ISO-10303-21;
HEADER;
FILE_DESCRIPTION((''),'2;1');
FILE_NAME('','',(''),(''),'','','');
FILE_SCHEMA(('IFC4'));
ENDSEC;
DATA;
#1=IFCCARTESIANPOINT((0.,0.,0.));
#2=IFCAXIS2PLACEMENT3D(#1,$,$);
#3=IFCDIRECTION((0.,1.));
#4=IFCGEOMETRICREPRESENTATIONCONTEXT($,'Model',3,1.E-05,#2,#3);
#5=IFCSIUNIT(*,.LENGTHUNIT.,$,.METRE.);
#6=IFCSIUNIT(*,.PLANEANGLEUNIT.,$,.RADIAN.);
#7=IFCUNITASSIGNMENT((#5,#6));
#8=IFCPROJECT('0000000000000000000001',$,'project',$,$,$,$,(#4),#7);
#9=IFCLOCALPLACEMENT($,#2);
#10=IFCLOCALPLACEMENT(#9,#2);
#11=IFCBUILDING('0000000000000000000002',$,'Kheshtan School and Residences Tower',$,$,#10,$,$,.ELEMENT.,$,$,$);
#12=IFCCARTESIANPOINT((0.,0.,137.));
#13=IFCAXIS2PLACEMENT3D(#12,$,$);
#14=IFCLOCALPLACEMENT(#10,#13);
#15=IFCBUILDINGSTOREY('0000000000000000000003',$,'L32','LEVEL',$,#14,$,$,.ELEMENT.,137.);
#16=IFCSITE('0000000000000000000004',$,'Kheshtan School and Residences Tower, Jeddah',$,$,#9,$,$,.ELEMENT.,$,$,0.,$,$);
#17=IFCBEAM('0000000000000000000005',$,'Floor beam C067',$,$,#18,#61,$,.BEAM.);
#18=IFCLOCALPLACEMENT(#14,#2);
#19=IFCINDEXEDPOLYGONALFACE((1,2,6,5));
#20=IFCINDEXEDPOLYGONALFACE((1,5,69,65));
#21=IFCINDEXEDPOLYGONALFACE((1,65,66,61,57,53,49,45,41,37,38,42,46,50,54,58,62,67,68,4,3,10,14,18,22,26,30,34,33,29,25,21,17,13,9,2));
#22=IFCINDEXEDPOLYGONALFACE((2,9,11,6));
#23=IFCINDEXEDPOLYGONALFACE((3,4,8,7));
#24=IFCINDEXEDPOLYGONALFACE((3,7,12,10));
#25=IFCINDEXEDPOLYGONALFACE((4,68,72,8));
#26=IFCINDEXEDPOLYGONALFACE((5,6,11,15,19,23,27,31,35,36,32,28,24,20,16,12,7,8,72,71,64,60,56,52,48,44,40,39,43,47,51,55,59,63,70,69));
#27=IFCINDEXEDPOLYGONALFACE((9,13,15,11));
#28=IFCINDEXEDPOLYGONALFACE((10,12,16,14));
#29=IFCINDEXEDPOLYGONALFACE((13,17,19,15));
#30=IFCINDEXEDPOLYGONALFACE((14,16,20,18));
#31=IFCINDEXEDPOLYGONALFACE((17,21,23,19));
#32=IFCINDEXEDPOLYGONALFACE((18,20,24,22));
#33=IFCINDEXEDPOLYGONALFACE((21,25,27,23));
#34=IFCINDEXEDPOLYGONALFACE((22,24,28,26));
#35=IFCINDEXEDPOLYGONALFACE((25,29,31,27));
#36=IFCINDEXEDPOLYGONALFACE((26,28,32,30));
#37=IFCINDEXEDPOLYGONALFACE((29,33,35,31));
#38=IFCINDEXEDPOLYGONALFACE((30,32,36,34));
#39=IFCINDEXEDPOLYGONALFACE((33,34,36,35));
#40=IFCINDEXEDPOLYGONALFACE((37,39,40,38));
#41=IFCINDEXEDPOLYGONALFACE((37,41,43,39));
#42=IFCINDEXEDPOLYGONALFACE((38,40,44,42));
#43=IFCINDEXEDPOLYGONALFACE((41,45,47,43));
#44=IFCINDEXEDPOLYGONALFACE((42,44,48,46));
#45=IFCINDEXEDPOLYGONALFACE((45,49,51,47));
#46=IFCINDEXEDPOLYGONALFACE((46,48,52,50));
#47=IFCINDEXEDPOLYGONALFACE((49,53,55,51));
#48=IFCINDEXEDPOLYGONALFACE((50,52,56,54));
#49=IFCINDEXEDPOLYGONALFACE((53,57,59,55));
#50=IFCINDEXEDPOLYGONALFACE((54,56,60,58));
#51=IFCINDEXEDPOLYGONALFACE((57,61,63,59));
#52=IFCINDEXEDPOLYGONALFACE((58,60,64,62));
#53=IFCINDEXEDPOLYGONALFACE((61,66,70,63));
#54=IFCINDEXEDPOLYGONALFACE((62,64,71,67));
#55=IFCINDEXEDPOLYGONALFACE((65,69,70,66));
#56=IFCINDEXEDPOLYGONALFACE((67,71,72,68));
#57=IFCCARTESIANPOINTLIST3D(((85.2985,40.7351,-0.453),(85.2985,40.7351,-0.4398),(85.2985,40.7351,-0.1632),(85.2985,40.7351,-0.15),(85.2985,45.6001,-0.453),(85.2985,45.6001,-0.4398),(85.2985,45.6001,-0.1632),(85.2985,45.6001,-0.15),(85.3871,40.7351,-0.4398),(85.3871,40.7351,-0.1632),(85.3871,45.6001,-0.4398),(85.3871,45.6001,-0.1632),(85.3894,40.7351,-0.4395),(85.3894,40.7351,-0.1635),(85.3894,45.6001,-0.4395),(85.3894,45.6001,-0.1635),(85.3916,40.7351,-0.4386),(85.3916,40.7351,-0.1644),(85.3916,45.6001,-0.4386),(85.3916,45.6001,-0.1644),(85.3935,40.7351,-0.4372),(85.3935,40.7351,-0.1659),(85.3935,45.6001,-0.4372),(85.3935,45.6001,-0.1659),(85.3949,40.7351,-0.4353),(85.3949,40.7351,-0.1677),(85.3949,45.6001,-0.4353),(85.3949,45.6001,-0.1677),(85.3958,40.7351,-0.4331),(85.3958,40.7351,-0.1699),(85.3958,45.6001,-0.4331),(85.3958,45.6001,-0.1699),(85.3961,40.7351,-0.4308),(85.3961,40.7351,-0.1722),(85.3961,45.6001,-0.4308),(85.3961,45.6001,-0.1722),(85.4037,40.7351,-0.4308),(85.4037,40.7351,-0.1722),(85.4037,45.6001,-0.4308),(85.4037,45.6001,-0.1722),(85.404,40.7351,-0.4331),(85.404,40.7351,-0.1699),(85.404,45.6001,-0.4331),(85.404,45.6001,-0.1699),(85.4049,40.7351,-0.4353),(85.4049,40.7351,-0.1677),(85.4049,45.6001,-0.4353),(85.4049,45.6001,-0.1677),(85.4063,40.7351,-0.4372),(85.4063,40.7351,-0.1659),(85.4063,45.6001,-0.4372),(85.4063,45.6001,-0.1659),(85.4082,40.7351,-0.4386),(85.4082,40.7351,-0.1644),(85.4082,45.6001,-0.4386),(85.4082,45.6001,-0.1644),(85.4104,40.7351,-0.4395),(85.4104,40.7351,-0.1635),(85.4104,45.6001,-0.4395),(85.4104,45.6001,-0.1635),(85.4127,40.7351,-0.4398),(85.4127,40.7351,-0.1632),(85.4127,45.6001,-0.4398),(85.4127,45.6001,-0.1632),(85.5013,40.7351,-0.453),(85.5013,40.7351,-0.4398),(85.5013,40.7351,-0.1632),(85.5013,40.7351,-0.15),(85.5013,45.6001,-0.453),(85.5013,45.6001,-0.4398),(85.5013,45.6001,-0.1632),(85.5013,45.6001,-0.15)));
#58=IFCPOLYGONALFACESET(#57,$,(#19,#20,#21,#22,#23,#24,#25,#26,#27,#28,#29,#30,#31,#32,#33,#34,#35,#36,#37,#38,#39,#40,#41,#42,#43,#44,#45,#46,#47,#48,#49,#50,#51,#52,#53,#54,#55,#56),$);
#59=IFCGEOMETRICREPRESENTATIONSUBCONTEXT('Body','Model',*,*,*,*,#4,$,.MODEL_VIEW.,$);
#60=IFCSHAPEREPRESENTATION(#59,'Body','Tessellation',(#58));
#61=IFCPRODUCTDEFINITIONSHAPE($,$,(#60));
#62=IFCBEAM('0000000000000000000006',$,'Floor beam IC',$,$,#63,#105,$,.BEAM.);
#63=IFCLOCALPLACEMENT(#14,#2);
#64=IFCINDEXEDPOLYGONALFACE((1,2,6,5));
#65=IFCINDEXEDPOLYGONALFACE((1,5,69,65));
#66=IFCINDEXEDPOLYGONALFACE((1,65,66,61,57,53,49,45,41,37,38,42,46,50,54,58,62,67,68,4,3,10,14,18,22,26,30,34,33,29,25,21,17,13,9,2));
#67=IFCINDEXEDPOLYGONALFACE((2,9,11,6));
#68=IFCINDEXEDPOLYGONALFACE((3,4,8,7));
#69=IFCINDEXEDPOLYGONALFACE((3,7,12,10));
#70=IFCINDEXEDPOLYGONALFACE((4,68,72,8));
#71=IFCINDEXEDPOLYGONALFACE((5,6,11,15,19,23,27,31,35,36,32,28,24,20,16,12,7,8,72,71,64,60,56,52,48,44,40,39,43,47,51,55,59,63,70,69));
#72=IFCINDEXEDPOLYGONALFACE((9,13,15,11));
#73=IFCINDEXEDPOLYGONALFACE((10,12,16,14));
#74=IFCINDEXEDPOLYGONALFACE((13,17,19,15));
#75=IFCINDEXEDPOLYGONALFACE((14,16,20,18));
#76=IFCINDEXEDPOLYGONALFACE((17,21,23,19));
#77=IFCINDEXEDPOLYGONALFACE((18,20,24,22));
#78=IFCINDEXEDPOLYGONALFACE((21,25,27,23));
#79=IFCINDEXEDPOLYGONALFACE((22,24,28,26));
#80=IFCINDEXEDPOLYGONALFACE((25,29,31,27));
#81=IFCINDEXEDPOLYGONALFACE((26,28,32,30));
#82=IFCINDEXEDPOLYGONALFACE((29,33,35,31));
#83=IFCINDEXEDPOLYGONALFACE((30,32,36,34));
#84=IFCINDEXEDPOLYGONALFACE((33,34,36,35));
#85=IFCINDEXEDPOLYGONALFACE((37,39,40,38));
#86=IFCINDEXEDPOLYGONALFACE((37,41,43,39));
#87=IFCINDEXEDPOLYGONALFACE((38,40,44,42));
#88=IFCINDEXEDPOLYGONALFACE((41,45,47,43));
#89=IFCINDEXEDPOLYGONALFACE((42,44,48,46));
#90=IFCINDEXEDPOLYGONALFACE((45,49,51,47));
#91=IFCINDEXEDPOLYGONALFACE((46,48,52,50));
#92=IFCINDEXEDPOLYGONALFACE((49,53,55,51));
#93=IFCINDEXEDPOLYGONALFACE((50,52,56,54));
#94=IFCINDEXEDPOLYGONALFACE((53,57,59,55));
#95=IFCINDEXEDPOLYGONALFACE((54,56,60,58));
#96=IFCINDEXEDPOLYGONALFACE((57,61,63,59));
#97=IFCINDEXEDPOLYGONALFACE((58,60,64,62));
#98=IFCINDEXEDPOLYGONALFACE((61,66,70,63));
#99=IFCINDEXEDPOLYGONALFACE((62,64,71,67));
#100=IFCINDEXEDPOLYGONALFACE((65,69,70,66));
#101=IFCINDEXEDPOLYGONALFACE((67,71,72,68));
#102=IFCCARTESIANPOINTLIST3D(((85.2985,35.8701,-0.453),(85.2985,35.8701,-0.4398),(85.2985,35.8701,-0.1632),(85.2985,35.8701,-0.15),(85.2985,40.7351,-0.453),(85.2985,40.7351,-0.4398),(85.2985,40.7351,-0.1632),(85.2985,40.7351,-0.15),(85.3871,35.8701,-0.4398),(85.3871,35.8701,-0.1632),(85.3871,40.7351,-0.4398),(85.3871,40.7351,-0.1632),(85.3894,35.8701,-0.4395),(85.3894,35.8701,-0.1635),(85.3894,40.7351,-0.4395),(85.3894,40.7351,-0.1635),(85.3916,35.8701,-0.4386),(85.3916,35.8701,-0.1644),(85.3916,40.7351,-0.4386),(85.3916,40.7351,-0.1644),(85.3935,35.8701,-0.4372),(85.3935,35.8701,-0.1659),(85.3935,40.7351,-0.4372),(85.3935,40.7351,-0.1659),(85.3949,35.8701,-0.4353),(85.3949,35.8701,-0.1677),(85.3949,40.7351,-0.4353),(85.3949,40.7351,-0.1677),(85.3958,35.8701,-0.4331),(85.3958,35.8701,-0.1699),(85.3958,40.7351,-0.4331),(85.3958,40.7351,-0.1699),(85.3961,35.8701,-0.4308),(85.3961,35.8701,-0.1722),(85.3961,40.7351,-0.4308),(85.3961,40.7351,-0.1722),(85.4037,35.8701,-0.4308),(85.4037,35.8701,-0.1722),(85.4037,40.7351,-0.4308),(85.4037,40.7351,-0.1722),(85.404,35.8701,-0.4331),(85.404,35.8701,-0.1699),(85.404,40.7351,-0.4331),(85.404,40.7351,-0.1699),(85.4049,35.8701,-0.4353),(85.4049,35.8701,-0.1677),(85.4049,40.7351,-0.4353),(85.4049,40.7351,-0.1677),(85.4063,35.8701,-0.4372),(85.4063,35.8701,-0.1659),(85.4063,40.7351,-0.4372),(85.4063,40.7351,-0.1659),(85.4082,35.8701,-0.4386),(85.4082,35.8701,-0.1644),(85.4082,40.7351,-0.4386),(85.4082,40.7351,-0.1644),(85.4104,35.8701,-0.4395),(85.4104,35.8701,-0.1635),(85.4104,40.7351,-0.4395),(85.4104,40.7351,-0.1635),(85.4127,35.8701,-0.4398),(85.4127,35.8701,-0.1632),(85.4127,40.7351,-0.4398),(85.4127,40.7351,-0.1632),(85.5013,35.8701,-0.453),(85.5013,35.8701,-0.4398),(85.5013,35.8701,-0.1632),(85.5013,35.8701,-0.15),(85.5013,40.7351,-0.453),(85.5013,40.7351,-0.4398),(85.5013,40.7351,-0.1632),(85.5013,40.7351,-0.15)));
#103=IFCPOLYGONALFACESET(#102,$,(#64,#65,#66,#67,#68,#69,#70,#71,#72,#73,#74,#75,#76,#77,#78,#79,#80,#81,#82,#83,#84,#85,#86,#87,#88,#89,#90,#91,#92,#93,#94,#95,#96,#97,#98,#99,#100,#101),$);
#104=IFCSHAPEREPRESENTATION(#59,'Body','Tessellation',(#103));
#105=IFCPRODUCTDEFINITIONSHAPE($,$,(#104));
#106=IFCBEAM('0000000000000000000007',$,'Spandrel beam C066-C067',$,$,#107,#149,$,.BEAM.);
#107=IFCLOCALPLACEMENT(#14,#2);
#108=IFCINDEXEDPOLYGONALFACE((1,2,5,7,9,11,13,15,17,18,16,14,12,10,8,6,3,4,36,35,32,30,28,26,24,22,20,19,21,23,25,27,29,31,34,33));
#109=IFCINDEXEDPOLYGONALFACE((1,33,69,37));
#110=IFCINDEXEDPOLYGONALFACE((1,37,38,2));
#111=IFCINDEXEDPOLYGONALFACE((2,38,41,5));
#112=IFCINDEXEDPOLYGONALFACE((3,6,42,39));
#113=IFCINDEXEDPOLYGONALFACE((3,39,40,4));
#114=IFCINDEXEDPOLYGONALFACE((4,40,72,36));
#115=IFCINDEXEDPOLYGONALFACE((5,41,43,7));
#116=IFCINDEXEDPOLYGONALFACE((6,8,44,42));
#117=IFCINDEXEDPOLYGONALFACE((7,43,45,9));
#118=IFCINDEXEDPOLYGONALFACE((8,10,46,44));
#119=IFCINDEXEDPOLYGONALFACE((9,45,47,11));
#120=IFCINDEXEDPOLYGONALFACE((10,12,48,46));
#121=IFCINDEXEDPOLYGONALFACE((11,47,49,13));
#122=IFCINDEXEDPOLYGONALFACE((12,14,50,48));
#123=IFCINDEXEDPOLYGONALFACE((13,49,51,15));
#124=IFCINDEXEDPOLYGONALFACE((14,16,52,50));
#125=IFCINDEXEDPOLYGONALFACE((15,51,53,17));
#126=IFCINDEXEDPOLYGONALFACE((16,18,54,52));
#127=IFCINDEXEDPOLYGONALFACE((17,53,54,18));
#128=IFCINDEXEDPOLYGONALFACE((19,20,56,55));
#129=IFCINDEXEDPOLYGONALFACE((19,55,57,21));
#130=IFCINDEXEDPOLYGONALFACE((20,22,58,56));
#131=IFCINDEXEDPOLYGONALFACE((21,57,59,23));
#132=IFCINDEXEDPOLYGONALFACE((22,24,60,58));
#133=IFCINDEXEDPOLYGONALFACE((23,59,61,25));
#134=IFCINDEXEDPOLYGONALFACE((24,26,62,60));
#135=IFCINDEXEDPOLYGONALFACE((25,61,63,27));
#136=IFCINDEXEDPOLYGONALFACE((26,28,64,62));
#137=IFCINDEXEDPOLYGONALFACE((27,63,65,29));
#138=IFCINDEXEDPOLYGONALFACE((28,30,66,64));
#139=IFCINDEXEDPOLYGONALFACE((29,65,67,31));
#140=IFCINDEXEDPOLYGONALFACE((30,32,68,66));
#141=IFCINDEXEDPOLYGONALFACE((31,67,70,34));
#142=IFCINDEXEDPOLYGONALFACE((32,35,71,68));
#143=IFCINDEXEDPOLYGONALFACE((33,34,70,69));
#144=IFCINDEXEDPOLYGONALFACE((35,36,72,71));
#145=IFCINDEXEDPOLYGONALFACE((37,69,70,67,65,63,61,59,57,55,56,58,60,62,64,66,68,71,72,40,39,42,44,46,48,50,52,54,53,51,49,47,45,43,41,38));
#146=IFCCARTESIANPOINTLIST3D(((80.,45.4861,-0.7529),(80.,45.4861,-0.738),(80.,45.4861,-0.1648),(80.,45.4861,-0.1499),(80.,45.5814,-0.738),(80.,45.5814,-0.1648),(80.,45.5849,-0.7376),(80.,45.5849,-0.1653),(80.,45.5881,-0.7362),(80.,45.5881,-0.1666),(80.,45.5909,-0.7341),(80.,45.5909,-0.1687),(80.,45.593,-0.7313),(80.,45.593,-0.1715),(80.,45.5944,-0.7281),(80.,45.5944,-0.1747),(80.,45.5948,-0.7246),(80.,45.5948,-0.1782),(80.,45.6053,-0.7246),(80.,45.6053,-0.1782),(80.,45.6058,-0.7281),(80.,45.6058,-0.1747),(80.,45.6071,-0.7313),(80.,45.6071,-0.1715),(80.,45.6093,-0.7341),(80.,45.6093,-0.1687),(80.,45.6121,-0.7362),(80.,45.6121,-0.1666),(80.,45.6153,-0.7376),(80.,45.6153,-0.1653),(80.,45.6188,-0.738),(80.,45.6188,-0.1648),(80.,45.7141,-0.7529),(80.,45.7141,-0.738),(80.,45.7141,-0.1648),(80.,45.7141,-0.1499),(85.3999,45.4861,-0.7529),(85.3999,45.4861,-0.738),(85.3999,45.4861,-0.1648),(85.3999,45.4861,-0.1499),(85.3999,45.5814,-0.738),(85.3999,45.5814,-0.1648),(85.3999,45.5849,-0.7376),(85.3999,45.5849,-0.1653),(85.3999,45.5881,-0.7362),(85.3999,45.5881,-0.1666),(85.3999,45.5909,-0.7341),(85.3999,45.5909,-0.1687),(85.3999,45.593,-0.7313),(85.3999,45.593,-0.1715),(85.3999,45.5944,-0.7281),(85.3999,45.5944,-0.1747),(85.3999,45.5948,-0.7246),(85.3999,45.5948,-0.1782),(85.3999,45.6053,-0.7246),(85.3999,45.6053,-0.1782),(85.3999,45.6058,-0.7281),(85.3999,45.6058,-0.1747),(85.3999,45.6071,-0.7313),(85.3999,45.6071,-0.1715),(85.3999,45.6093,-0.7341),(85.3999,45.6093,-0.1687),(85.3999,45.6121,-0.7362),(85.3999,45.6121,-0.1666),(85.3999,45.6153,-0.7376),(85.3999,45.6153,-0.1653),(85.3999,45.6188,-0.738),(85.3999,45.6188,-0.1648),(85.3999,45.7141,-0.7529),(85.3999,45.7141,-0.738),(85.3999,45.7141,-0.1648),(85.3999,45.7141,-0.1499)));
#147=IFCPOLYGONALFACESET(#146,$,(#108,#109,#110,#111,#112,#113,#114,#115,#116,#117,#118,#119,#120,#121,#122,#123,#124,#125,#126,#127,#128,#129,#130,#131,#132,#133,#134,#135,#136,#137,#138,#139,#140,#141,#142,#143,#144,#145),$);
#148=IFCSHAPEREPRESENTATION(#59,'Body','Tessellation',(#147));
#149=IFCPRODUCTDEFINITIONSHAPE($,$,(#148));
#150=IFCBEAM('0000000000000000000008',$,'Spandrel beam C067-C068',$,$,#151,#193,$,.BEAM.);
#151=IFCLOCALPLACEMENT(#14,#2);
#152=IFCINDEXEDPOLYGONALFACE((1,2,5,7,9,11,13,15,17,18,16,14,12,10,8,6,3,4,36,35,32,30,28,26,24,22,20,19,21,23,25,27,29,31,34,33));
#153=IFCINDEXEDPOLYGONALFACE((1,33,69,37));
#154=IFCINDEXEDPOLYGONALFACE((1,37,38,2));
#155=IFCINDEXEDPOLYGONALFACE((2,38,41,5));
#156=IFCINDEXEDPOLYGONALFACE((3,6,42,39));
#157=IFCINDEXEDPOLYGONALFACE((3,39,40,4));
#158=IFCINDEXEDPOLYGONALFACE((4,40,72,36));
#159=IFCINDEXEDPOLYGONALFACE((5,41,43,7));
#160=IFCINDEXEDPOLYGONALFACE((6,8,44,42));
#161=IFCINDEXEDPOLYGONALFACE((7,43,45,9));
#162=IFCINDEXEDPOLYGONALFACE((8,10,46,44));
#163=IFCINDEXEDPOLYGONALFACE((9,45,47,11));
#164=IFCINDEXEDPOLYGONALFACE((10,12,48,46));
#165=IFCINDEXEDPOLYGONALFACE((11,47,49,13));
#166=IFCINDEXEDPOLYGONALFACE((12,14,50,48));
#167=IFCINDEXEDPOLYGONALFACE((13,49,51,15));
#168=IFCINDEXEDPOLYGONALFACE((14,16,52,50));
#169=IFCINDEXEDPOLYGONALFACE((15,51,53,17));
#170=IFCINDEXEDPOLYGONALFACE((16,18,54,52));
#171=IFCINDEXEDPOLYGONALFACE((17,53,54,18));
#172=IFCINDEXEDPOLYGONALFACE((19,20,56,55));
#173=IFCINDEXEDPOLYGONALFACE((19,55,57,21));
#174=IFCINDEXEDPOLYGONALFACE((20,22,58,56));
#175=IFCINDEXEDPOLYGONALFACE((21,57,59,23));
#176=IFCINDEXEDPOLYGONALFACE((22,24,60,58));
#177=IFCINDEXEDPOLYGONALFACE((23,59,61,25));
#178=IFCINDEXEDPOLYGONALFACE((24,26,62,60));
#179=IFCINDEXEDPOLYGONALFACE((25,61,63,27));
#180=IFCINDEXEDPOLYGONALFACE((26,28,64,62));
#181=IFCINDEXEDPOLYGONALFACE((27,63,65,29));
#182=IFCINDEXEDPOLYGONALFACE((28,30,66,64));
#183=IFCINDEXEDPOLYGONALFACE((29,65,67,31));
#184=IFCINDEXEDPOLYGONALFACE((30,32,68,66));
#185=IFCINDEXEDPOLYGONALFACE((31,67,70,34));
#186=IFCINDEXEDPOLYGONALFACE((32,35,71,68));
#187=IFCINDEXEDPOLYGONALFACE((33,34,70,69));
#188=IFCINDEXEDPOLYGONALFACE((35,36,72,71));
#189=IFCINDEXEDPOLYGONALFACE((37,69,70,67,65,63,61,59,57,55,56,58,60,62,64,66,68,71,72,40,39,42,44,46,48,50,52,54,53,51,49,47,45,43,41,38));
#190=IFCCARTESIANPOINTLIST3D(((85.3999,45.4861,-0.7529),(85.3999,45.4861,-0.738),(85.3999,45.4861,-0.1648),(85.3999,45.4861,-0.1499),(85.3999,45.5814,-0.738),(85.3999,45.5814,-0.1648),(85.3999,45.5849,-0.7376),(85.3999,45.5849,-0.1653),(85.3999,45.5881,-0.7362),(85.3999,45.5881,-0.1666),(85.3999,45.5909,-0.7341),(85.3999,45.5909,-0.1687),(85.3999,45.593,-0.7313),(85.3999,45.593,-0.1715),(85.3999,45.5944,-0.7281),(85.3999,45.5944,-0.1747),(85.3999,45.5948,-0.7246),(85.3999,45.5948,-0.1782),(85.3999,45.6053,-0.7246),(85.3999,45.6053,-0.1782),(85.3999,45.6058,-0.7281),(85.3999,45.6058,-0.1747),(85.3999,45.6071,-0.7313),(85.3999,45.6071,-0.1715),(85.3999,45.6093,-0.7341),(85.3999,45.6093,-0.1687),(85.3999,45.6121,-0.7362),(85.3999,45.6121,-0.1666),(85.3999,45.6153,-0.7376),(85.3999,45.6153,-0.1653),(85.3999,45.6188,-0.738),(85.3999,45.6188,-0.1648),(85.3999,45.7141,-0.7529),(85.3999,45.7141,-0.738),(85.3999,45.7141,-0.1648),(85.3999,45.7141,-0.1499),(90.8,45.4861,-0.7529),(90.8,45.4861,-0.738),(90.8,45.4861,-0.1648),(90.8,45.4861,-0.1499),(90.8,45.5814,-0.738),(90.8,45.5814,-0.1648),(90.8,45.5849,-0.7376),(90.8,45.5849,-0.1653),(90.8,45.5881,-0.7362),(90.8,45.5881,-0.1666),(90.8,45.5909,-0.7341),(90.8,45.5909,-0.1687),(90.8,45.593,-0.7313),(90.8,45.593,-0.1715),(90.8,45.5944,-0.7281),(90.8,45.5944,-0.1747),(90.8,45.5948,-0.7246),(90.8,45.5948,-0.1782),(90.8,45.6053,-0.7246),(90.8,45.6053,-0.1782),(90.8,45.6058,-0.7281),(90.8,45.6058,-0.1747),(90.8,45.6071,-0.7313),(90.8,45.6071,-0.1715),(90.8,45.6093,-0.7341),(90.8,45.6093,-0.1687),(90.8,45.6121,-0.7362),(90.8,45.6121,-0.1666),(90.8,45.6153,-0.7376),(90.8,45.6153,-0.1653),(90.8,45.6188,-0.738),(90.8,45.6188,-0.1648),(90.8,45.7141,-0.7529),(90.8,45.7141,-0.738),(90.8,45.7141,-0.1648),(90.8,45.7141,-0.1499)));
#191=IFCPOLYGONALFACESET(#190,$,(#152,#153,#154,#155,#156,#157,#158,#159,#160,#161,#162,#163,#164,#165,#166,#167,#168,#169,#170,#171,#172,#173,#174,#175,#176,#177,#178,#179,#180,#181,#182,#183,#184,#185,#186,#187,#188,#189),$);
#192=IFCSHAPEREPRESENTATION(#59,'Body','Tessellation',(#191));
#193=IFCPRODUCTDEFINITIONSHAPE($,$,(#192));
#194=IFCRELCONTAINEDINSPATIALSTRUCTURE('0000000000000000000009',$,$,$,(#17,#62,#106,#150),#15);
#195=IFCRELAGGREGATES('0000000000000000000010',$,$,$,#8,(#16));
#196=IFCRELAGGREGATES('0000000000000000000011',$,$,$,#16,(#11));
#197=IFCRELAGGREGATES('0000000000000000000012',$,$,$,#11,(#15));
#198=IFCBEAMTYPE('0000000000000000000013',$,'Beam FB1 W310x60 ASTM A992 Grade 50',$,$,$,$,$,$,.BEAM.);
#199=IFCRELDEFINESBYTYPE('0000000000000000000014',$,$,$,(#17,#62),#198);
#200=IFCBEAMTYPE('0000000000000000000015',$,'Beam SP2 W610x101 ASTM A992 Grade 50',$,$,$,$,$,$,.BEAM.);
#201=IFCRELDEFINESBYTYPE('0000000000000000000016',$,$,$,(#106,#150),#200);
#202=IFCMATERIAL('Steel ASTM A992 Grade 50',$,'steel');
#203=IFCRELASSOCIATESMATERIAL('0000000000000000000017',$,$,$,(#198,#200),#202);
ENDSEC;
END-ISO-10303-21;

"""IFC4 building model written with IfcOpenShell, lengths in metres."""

from ifc_helpers import new_model, si_unit, direction, frame, origin, origin_2d, place, context, subcontext, project, spatial, i_section, extrude, material, material_profile, profile_set, type_object, element, save


model = new_model("IFC4")

# Units and contexts
model_context = context("Model", 3, precision=1e-05, world=origin(), true_north=direction((0.0, 1.0)))
body_context = subcontext(model_context, "Body", "Model", "MODEL_VIEW")
ifc_project = project(units=[si_unit("LENGTHUNIT", "METRE"), si_unit("PLANEANGLEUNIT", "RADIAN")], contexts=[model_context])

# Site, building, storey
site_placement = place(None, origin())
site = spatial("IfcSite", under=ifc_project, at=site_placement, Name="Kheshtan School and Residences Tower, Jeddah", CompositionType="ELEMENT", RefElevation=0.0)
building_placement = place(site_placement, origin())
building = spatial("IfcBuilding", under=site, at=building_placement, Name="Kheshtan School and Residences Tower", CompositionType="ELEMENT")
storey_placement = place(building_placement, frame((0.0, 0.0, 137.0)))
storey = spatial("IfcBuildingStorey", under=building, at=storey_placement, Name="L32", Description="LEVEL", CompositionType="ELEMENT", Elevation=137.0)

# Shared definitions
ifc_material_1 = material(Name="Steel ASTM A992 Grade 50", Category="steel")

# Beams
ifc_material_profile_1 = material_profile(ifc_material_1, i_section(OverallWidth=0.2029, OverallDepth=0.303, WebThickness=0.0076, FlangeThickness=0.0132, FilletRadius=0.009, at=origin_2d()), Name="W310x60")
ifc_profile_set_1 = profile_set([ifc_material_profile_1], Name="Steel ASTM A992 Grade 50")
beam_type_1 = type_object("IfcBeamType", Name="Beam FB1 W310x60 ASTM A992 Grade 50", PredefinedType="BEAM", material=ifc_profile_set_1)
for number, where, z_axis, x_axis, name in (
    (1, (85.3999, 45.6001, -0.3015), (0.0, -1.0, 0.0), (1.0, 0.0, 0.0), "Floor beam C067"),
    (2, (85.3999, 40.7351, -0.3015), (0.0, -1.0, 0.0), (1.0, 0.0, 0.0), "Floor beam IC"),
):
    element("IfcBeam", number, at=place(storey_placement, frame(where, z_axis=z_axis, x_axis=x_axis)), inside=storey, type_object=beam_type_1, Name=name, PredefinedType="BEAM", context=body_context, shape_type="SweptSolid", body=[
        extrude(i_section(OverallWidth=0.2029, OverallDepth=0.303, WebThickness=0.0076, FlangeThickness=0.0132, FilletRadius=0.009, at=origin_2d()), origin(), (0.0, 0.0, 1.0), 4.865),
    ])
ifc_material_profile_2 = material_profile(ifc_material_1, i_section(OverallWidth=0.228, OverallDepth=0.603, WebThickness=0.0105, FlangeThickness=0.0149, FilletRadius=0.0134, at=origin_2d()), Name="W610x101")
ifc_profile_set_2 = profile_set([ifc_material_profile_2], Name="Steel ASTM A992 Grade 50")
beam_type_2 = type_object("IfcBeamType", Name="Beam SP2 W610x101 ASTM A992 Grade 50", PredefinedType="BEAM", material=ifc_profile_set_2)
beam_1_placement = place(storey_placement, frame((80.0, 45.6001, -0.4514), z_axis=(1.0, 0.0, 0.0), x_axis=(0.0, 1.0, 0.0)))
element("IfcBeam", 3, at=beam_1_placement, inside=storey, type_object=beam_type_2, Name="Spandrel beam C066-C067", PredefinedType="BEAM", context=body_context, shape_type="SweptSolid", body=[
    extrude(i_section(OverallWidth=0.228, OverallDepth=0.603, WebThickness=0.0105, FlangeThickness=0.0149, FilletRadius=0.0134, at=origin_2d()), origin(), (0.0, 0.0, 1.0), 5.3999),
])
beam_2_placement = place(storey_placement, frame((85.3999, 45.6001, -0.4514), z_axis=(1.0, 0.0, 0.0), x_axis=(0.0, 1.0, 0.0)))
element("IfcBeam", 4, at=beam_2_placement, inside=storey, type_object=beam_type_2, Name="Spandrel beam C067-C068", PredefinedType="BEAM", context=body_context, shape_type="SweptSolid", body=[
    extrude(i_section(OverallWidth=0.228, OverallDepth=0.603, WebThickness=0.0105, FlangeThickness=0.0149, FilletRadius=0.0134, at=origin_2d()), origin(), (0.0, 0.0, 1.0), 5.4001),
])

save(model, "model.ifc")
